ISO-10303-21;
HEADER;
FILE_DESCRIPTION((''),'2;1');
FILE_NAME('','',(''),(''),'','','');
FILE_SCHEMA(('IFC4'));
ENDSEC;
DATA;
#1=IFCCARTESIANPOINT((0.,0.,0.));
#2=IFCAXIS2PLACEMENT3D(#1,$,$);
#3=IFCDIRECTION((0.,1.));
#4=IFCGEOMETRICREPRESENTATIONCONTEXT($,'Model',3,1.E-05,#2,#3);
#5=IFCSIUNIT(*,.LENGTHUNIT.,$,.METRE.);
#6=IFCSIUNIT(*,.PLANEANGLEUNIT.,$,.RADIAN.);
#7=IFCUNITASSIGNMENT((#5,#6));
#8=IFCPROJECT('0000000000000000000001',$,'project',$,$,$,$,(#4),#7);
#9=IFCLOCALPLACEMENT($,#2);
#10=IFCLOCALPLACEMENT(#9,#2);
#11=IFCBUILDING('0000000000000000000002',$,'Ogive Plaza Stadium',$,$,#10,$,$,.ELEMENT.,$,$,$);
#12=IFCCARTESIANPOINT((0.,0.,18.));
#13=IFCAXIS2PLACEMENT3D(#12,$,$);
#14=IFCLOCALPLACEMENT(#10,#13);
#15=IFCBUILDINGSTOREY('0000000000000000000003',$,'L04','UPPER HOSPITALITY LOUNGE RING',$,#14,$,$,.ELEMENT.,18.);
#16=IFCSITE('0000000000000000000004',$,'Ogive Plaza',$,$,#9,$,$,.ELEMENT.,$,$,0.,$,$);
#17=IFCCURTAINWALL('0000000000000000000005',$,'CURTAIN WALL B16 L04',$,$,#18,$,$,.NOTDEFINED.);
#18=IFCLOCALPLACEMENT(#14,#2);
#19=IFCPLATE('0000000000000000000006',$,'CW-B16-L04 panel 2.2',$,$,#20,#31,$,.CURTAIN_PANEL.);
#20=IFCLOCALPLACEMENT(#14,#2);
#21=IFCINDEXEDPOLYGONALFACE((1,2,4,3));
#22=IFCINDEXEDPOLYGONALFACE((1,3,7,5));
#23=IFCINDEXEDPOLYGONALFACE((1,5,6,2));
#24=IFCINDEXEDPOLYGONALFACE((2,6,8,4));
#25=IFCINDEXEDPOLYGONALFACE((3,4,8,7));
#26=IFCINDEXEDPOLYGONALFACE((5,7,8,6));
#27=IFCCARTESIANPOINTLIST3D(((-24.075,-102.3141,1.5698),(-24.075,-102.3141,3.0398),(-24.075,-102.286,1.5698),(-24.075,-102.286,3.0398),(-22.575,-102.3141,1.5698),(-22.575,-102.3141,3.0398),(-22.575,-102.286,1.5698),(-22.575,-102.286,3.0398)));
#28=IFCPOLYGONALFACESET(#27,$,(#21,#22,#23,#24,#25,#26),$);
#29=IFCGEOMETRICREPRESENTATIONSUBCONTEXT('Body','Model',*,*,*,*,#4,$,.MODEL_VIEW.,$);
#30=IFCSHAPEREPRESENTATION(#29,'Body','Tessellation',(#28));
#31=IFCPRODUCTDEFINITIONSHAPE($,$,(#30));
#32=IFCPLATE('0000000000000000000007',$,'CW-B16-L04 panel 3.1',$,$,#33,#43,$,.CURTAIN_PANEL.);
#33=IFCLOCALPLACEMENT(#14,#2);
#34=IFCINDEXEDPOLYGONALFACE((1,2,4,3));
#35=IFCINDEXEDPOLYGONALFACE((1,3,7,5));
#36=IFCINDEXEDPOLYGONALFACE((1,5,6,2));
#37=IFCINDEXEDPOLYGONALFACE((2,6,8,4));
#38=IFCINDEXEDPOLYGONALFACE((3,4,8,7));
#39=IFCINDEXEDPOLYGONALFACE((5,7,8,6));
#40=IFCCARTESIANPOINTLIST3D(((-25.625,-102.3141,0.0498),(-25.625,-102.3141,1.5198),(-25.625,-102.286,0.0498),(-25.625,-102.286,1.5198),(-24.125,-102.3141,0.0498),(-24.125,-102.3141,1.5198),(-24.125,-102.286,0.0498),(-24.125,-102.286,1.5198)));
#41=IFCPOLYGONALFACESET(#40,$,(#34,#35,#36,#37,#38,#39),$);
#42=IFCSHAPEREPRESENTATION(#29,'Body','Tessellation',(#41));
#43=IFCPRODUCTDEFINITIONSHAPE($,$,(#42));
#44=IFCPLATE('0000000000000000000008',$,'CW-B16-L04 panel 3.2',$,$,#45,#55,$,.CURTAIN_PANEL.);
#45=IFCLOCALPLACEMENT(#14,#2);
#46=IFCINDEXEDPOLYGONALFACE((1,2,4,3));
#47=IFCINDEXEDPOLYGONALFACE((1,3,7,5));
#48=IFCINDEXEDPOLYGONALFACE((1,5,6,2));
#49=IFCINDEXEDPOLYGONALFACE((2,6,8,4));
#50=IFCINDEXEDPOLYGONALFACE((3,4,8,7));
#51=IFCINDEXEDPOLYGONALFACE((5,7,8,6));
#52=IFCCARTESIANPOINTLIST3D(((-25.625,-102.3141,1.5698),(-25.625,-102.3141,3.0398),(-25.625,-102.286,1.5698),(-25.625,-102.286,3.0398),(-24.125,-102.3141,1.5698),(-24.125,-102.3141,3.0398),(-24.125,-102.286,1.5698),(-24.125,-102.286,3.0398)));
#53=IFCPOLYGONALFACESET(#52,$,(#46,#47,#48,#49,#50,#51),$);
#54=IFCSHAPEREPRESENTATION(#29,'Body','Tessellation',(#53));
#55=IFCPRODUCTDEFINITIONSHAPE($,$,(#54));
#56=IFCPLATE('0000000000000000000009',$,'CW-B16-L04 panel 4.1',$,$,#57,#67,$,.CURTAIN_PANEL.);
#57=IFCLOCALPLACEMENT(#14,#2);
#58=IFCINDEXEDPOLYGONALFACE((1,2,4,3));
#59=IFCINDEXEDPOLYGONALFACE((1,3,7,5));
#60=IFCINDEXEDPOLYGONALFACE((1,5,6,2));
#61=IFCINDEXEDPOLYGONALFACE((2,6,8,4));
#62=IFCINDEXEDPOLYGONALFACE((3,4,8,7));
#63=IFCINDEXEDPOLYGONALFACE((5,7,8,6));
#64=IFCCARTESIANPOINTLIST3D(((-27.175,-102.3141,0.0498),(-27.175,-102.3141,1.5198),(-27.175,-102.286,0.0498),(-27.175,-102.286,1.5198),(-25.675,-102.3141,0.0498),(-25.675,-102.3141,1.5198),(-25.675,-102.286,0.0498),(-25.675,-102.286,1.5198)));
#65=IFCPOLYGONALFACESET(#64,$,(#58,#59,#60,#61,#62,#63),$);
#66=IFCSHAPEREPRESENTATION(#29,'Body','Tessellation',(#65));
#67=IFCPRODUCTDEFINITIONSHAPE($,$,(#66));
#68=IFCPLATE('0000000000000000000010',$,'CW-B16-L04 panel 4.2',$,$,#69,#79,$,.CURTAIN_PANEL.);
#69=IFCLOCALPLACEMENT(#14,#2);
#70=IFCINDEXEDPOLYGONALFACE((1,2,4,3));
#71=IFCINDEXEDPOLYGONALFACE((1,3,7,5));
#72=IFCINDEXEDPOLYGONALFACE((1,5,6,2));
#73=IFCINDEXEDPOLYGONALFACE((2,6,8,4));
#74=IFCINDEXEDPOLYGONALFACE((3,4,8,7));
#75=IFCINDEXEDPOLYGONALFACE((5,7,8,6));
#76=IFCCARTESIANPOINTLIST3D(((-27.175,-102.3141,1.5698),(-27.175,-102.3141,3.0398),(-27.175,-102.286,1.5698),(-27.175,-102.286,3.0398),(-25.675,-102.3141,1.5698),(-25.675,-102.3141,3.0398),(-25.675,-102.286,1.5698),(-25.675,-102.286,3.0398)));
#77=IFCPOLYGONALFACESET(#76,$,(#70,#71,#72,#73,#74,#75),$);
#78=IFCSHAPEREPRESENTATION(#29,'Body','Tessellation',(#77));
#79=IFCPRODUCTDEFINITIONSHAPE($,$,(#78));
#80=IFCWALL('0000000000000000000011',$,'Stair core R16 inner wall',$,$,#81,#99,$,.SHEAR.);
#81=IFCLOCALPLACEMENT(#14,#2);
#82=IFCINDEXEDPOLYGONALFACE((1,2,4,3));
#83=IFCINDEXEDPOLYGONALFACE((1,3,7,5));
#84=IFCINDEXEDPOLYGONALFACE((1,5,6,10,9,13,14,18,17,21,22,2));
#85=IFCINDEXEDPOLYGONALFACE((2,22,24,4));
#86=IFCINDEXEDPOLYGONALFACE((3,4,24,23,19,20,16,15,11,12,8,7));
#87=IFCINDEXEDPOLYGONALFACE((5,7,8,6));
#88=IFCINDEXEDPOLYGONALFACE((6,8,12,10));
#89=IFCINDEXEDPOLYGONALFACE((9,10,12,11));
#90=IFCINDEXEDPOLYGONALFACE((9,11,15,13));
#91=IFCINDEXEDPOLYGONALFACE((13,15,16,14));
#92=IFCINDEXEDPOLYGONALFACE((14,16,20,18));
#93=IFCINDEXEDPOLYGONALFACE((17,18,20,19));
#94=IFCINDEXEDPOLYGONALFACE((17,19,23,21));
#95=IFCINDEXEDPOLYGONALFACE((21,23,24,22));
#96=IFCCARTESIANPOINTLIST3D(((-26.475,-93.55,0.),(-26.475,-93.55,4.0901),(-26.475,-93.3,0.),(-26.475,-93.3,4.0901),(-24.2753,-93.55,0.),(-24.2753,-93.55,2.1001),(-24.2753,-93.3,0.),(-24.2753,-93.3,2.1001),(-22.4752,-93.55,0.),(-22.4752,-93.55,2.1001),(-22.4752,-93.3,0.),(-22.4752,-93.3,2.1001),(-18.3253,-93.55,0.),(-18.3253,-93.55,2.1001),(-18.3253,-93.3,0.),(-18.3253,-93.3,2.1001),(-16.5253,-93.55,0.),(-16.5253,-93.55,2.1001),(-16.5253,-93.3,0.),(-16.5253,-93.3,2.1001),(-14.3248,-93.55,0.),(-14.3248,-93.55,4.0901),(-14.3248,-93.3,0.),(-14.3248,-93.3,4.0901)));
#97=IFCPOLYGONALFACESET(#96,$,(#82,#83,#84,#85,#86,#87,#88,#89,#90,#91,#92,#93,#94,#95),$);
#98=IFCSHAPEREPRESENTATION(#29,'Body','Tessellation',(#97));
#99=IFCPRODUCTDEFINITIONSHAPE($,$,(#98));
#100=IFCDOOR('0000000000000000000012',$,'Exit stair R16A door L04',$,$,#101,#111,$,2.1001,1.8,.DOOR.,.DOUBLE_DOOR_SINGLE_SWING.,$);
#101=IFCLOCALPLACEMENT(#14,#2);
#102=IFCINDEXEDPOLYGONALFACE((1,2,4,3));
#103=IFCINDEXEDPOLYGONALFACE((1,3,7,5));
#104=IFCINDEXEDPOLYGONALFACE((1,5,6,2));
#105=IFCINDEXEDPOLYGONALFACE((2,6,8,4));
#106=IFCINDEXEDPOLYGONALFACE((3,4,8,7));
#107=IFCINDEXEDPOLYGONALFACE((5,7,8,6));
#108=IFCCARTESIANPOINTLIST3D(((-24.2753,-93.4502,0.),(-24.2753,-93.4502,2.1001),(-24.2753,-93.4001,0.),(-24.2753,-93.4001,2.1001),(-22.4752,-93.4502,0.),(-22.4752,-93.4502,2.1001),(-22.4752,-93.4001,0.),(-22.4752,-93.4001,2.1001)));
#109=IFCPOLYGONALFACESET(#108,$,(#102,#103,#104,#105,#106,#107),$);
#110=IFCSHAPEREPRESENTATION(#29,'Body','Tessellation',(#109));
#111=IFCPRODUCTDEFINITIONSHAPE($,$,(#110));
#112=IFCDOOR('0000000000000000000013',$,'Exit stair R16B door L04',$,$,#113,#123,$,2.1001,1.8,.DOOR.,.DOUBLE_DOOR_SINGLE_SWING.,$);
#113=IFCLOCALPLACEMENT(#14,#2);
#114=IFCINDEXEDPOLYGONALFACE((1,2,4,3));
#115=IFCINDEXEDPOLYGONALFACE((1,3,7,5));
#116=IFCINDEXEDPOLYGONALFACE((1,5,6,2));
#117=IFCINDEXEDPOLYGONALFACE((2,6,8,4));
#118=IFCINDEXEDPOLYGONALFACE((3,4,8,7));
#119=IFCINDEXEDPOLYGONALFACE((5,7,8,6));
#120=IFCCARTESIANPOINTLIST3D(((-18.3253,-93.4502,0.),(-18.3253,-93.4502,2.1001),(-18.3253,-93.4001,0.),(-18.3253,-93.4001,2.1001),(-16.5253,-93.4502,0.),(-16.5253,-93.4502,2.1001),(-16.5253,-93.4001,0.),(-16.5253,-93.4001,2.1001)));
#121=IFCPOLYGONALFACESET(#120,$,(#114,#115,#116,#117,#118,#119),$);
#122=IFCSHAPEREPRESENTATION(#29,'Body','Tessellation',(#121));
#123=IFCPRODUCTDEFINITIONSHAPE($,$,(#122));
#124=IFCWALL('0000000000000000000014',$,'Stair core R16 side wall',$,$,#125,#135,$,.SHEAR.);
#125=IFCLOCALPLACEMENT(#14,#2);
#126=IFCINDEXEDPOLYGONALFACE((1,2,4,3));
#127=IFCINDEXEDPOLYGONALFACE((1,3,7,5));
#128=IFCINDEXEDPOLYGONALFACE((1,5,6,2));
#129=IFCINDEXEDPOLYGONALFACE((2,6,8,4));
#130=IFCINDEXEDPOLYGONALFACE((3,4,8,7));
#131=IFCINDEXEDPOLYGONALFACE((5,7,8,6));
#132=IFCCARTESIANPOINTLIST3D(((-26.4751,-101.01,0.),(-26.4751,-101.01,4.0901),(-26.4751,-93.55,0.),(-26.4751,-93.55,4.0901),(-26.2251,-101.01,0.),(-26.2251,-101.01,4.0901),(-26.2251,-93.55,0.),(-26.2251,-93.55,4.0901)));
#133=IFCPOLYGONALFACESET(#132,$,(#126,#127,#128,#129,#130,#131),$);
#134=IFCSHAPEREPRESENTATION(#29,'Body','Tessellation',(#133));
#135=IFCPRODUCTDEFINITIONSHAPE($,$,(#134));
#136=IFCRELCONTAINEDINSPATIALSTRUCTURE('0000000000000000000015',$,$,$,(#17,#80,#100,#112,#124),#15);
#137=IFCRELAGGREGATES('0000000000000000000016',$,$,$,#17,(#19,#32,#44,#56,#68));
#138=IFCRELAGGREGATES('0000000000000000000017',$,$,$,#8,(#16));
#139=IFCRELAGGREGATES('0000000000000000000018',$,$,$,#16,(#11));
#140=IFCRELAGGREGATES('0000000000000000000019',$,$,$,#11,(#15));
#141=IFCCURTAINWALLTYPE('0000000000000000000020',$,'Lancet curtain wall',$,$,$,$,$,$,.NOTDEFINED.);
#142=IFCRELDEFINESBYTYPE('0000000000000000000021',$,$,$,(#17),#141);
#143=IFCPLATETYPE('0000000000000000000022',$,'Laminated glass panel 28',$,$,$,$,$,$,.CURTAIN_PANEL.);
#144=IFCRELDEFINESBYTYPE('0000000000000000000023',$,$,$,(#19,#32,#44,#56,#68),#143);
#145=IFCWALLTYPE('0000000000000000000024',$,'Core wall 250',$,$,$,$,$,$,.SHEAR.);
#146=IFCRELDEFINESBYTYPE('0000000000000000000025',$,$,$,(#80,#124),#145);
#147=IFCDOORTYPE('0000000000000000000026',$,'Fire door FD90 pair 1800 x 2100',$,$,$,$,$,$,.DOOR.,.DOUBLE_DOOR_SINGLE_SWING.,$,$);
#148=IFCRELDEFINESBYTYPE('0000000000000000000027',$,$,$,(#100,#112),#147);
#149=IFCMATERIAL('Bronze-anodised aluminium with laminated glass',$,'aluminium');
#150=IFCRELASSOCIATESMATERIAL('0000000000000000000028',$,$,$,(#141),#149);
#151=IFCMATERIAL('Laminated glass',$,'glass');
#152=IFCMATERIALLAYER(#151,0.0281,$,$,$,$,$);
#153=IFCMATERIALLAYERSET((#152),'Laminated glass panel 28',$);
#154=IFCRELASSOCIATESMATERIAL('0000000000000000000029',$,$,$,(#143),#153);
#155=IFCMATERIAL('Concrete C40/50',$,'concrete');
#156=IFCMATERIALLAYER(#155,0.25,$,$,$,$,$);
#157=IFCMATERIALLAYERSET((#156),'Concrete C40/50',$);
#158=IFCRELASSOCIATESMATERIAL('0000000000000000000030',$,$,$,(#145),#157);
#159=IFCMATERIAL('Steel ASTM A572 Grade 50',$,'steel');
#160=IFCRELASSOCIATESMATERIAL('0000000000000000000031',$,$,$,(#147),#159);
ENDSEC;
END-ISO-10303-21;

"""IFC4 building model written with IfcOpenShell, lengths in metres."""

from ifc_helpers import new_model, si_unit, direction, frame, frame_2d, origin, origin_2d, place, context, subcontext, project, spatial, rectangle, extrude, material, layer, layer_set, type_object, element, fill, aggregate, save


model = new_model("IFC4")

# Units and contexts
model_context = context("Model", 3, precision=1e-05, world=origin(), true_north=direction((0.0, 1.0)))
body_context = subcontext(model_context, "Body", "Model", "MODEL_VIEW")
ifc_project = project(units=[si_unit("LENGTHUNIT", "METRE"), si_unit("PLANEANGLEUNIT", "RADIAN")], contexts=[model_context])

# Site, building, storey
site_placement = place(None, origin())
site = spatial("IfcSite", under=ifc_project, at=site_placement, Name="Ogive Plaza", CompositionType="ELEMENT", RefElevation=0.0)
building_placement = place(site_placement, origin())
building = spatial("IfcBuilding", under=site, at=building_placement, Name="Ogive Plaza Stadium", CompositionType="ELEMENT")
storey_placement = place(building_placement, frame((0.0, 0.0, 18.0)))
storey = spatial("IfcBuildingStorey", under=building, at=storey_placement, Name="L04", Description="UPPER HOSPITALITY LOUNGE RING", CompositionType="ELEMENT", Elevation=18.0)

# Curtain wall, plates
ifc_material_1 = material(Name="Bronze-anodised aluminium with laminated glass", Category="aluminium")
curtain_wall_type = type_object("IfcCurtainWallType", Name="Lancet curtain wall", PredefinedType="NOTDEFINED", material=ifc_material_1)
curtain_wall_placement = place(storey_placement, origin())
curtain_wall = element("IfcCurtainWall", 1, at=curtain_wall_placement, inside=storey, type_object=curtain_wall_type, Name="CURTAIN WALL B16 L04", PredefinedType="NOTDEFINED")
ifc_material_2 = material(Name="Laminated glass", Category="glass")
ifc_layer_1 = layer(ifc_material_2, 0.0281)
ifc_layer_set_1 = layer_set([ifc_layer_1], Name="Laminated glass panel 28")
plate_type = type_object("IfcPlateType", Name="Laminated glass panel 28", PredefinedType="CURTAIN_PANEL", material=ifc_layer_set_1)
plate_1_placement = place(storey_placement, frame((-23.325, -102.3, 1.5698), z_axis=(0.0, 0.0, 1.0), x_axis=(-1.0, 0.0, 0.0)))
plate_1 = element("IfcPlate", 2, at=plate_1_placement, type_object=plate_type, Name="CW-B16-L04 panel 2.2", PredefinedType="CURTAIN_PANEL", context=body_context, shape_type="SweptSolid", body=[
    extrude(rectangle(XDim=1.5, YDim=0.0281, at=origin_2d()), origin(), (0.0, 0.0, 1.0), 1.47),
])
plate_2_placement = place(storey_placement, frame((-24.875, -102.3, 0.0498), z_axis=(0.0, 0.0, 1.0), x_axis=(-1.0, 0.0, 0.0)))
plate_2 = element("IfcPlate", 3, at=plate_2_placement, type_object=plate_type, Name="CW-B16-L04 panel 3.1", PredefinedType="CURTAIN_PANEL", context=body_context, shape_type="SweptSolid", body=[
    extrude(rectangle(XDim=1.5, YDim=0.0281, at=origin_2d()), origin(), (0.0, 0.0, 1.0), 1.47),
])
plate_3_placement = place(storey_placement, frame((-24.875, -102.3, 1.5698), z_axis=(0.0, 0.0, 1.0), x_axis=(-1.0, 0.0, 0.0)))
plate_3 = element("IfcPlate", 4, at=plate_3_placement, type_object=plate_type, Name="CW-B16-L04 panel 3.2", PredefinedType="CURTAIN_PANEL", context=body_context, shape_type="SweptSolid", body=[
    extrude(rectangle(XDim=1.5, YDim=0.0281, at=origin_2d()), origin(), (0.0, 0.0, 1.0), 1.47),
])
plate_4_placement = place(storey_placement, frame((-26.425, -102.3, 0.0498), z_axis=(0.0, 0.0, 1.0), x_axis=(-1.0, 0.0, 0.0)))
plate_4 = element("IfcPlate", 5, at=plate_4_placement, type_object=plate_type, Name="CW-B16-L04 panel 4.1", PredefinedType="CURTAIN_PANEL", context=body_context, shape_type="SweptSolid", body=[
    extrude(rectangle(XDim=1.5, YDim=0.0281, at=origin_2d()), origin(), (0.0, 0.0, 1.0), 1.47),
])
plate_5_placement = place(storey_placement, frame((-26.425, -102.3, 1.5698), z_axis=(0.0, 0.0, 1.0), x_axis=(-1.0, 0.0, 0.0)))
plate_5 = element("IfcPlate", 6, at=plate_5_placement, type_object=plate_type, Name="CW-B16-L04 panel 4.2", PredefinedType="CURTAIN_PANEL", context=body_context, shape_type="SweptSolid", body=[
    extrude(rectangle(XDim=1.5, YDim=0.0281, at=origin_2d()), origin(), (0.0, 0.0, 1.0), 1.47),
])
aggregate(curtain_wall, [plate_1, plate_2, plate_3, plate_4, plate_5])

# Wall, openings, doors
ifc_material_3 = material(Name="Concrete C40/50", Category="concrete")
ifc_layer_2 = layer(ifc_material_3, 0.25)
ifc_layer_set_2 = layer_set([ifc_layer_2], Name="Concrete C40/50")
wall_type = type_object("IfcWallType", Name="Core wall 250", PredefinedType="SHEAR", material=ifc_layer_set_2)
wall_1_placement = place(storey_placement, frame((-26.4751, -93.425, 0.0), z_axis=(0.0, 0.0, 1.0), x_axis=(1.0, 0.0, 0.0)))
wall_1 = element("IfcWall", 7, at=wall_1_placement, inside=storey, type_object=wall_type, Name="Stair core R16 inner wall", PredefinedType="SHEAR", context=body_context, shape_type="SweptSolid", body=[
    extrude(rectangle(XDim=12.1501, YDim=0.25, at=frame_2d((6.0752, 0.0))), origin(), (0.0, 0.0, 1.0), 4.0901),
])
opening_1_placement = place(wall_1_placement, frame((2.2, 0.0, 0.0)))
opening_1 = element("IfcOpeningElement", 8, at=opening_1_placement, cuts=wall_1, PredefinedType="OPENING", context=body_context, shape_type="SweptSolid", body=[
    extrude(rectangle(XDim=1.8, YDim=2.1001, at=frame_2d((0.8999, 1.05))), frame((0.0, 0.125, 0.0), z_axis=(0.0, -1.0, 0.0), x_axis=(1.0, 0.0, 0.0)), (0.0, 0.0, 1.0), 0.25),
])
opening_2_placement = place(wall_1_placement, frame((8.1499, 0.0, 0.0)))
opening_2 = element("IfcOpeningElement", 9, at=opening_2_placement, cuts=wall_1, PredefinedType="OPENING", context=body_context, shape_type="SweptSolid", body=[
    extrude(rectangle(XDim=1.8, YDim=2.1001, at=frame_2d((0.8999, 1.05))), frame((0.0, 0.125, 0.0), z_axis=(0.0, -1.0, 0.0), x_axis=(1.0, 0.0, 0.0)), (0.0, 0.0, 1.0), 0.25),
])
ifc_material_4 = material(Name="Steel ASTM A572 Grade 50", Category="steel")
door_type = type_object("IfcDoorType", Name="Fire door FD90 pair 1800 x 2100", OperationType="DOUBLE_DOOR_SINGLE_SWING", PredefinedType="DOOR", material=ifc_material_4)
door_1_placement = place(opening_1_placement, origin())
door_1 = element("IfcDoor", 10, at=door_1_placement, inside=storey, type_object=door_type, Name="Exit stair R16A door L04", OperationType="DOUBLE_DOOR_SINGLE_SWING", OverallHeight=2.1001, OverallWidth=1.8, PredefinedType="DOOR", context=body_context, shape_type="SweptSolid", body=[
    extrude(rectangle(XDim=1.8, YDim=2.1001, at=frame_2d((0.8999, 1.05))), frame((0.0, 0.0249, 0.0), z_axis=(0.0, -1.0, 0.0), x_axis=(1.0, 0.0, 0.0)), (0.0, 0.0, 1.0), 0.05),
])
fill(opening_1, door_1)
door_2_placement = place(opening_2_placement, origin())
door_2 = element("IfcDoor", 11, at=door_2_placement, inside=storey, type_object=door_type, Name="Exit stair R16B door L04", OperationType="DOUBLE_DOOR_SINGLE_SWING", OverallHeight=2.1001, OverallWidth=1.8, PredefinedType="DOOR", context=body_context, shape_type="SweptSolid", body=[
    extrude(rectangle(XDim=1.8, YDim=2.1001, at=frame_2d((0.8999, 1.05))), frame((0.0, 0.0249, 0.0), z_axis=(0.0, -1.0, 0.0), x_axis=(1.0, 0.0, 0.0)), (0.0, 0.0, 1.0), 0.05),
])
fill(opening_2, door_2)

# Wall
wall_2_placement = place(storey_placement, frame((-26.3501, -93.55, 0.0), z_axis=(0.0, 0.0, 1.0), x_axis=(0.0, -1.0, 0.0)))
element("IfcWall", 12, at=wall_2_placement, inside=storey, type_object=wall_type, Name="Stair core R16 side wall", PredefinedType="SHEAR", context=body_context, shape_type="SweptSolid", body=[
    extrude(rectangle(XDim=7.46, YDim=0.25, at=frame_2d((3.73, 0.0))), origin(), (0.0, 0.0, 1.0), 4.0901),
])

save(model, "model.ifc")
